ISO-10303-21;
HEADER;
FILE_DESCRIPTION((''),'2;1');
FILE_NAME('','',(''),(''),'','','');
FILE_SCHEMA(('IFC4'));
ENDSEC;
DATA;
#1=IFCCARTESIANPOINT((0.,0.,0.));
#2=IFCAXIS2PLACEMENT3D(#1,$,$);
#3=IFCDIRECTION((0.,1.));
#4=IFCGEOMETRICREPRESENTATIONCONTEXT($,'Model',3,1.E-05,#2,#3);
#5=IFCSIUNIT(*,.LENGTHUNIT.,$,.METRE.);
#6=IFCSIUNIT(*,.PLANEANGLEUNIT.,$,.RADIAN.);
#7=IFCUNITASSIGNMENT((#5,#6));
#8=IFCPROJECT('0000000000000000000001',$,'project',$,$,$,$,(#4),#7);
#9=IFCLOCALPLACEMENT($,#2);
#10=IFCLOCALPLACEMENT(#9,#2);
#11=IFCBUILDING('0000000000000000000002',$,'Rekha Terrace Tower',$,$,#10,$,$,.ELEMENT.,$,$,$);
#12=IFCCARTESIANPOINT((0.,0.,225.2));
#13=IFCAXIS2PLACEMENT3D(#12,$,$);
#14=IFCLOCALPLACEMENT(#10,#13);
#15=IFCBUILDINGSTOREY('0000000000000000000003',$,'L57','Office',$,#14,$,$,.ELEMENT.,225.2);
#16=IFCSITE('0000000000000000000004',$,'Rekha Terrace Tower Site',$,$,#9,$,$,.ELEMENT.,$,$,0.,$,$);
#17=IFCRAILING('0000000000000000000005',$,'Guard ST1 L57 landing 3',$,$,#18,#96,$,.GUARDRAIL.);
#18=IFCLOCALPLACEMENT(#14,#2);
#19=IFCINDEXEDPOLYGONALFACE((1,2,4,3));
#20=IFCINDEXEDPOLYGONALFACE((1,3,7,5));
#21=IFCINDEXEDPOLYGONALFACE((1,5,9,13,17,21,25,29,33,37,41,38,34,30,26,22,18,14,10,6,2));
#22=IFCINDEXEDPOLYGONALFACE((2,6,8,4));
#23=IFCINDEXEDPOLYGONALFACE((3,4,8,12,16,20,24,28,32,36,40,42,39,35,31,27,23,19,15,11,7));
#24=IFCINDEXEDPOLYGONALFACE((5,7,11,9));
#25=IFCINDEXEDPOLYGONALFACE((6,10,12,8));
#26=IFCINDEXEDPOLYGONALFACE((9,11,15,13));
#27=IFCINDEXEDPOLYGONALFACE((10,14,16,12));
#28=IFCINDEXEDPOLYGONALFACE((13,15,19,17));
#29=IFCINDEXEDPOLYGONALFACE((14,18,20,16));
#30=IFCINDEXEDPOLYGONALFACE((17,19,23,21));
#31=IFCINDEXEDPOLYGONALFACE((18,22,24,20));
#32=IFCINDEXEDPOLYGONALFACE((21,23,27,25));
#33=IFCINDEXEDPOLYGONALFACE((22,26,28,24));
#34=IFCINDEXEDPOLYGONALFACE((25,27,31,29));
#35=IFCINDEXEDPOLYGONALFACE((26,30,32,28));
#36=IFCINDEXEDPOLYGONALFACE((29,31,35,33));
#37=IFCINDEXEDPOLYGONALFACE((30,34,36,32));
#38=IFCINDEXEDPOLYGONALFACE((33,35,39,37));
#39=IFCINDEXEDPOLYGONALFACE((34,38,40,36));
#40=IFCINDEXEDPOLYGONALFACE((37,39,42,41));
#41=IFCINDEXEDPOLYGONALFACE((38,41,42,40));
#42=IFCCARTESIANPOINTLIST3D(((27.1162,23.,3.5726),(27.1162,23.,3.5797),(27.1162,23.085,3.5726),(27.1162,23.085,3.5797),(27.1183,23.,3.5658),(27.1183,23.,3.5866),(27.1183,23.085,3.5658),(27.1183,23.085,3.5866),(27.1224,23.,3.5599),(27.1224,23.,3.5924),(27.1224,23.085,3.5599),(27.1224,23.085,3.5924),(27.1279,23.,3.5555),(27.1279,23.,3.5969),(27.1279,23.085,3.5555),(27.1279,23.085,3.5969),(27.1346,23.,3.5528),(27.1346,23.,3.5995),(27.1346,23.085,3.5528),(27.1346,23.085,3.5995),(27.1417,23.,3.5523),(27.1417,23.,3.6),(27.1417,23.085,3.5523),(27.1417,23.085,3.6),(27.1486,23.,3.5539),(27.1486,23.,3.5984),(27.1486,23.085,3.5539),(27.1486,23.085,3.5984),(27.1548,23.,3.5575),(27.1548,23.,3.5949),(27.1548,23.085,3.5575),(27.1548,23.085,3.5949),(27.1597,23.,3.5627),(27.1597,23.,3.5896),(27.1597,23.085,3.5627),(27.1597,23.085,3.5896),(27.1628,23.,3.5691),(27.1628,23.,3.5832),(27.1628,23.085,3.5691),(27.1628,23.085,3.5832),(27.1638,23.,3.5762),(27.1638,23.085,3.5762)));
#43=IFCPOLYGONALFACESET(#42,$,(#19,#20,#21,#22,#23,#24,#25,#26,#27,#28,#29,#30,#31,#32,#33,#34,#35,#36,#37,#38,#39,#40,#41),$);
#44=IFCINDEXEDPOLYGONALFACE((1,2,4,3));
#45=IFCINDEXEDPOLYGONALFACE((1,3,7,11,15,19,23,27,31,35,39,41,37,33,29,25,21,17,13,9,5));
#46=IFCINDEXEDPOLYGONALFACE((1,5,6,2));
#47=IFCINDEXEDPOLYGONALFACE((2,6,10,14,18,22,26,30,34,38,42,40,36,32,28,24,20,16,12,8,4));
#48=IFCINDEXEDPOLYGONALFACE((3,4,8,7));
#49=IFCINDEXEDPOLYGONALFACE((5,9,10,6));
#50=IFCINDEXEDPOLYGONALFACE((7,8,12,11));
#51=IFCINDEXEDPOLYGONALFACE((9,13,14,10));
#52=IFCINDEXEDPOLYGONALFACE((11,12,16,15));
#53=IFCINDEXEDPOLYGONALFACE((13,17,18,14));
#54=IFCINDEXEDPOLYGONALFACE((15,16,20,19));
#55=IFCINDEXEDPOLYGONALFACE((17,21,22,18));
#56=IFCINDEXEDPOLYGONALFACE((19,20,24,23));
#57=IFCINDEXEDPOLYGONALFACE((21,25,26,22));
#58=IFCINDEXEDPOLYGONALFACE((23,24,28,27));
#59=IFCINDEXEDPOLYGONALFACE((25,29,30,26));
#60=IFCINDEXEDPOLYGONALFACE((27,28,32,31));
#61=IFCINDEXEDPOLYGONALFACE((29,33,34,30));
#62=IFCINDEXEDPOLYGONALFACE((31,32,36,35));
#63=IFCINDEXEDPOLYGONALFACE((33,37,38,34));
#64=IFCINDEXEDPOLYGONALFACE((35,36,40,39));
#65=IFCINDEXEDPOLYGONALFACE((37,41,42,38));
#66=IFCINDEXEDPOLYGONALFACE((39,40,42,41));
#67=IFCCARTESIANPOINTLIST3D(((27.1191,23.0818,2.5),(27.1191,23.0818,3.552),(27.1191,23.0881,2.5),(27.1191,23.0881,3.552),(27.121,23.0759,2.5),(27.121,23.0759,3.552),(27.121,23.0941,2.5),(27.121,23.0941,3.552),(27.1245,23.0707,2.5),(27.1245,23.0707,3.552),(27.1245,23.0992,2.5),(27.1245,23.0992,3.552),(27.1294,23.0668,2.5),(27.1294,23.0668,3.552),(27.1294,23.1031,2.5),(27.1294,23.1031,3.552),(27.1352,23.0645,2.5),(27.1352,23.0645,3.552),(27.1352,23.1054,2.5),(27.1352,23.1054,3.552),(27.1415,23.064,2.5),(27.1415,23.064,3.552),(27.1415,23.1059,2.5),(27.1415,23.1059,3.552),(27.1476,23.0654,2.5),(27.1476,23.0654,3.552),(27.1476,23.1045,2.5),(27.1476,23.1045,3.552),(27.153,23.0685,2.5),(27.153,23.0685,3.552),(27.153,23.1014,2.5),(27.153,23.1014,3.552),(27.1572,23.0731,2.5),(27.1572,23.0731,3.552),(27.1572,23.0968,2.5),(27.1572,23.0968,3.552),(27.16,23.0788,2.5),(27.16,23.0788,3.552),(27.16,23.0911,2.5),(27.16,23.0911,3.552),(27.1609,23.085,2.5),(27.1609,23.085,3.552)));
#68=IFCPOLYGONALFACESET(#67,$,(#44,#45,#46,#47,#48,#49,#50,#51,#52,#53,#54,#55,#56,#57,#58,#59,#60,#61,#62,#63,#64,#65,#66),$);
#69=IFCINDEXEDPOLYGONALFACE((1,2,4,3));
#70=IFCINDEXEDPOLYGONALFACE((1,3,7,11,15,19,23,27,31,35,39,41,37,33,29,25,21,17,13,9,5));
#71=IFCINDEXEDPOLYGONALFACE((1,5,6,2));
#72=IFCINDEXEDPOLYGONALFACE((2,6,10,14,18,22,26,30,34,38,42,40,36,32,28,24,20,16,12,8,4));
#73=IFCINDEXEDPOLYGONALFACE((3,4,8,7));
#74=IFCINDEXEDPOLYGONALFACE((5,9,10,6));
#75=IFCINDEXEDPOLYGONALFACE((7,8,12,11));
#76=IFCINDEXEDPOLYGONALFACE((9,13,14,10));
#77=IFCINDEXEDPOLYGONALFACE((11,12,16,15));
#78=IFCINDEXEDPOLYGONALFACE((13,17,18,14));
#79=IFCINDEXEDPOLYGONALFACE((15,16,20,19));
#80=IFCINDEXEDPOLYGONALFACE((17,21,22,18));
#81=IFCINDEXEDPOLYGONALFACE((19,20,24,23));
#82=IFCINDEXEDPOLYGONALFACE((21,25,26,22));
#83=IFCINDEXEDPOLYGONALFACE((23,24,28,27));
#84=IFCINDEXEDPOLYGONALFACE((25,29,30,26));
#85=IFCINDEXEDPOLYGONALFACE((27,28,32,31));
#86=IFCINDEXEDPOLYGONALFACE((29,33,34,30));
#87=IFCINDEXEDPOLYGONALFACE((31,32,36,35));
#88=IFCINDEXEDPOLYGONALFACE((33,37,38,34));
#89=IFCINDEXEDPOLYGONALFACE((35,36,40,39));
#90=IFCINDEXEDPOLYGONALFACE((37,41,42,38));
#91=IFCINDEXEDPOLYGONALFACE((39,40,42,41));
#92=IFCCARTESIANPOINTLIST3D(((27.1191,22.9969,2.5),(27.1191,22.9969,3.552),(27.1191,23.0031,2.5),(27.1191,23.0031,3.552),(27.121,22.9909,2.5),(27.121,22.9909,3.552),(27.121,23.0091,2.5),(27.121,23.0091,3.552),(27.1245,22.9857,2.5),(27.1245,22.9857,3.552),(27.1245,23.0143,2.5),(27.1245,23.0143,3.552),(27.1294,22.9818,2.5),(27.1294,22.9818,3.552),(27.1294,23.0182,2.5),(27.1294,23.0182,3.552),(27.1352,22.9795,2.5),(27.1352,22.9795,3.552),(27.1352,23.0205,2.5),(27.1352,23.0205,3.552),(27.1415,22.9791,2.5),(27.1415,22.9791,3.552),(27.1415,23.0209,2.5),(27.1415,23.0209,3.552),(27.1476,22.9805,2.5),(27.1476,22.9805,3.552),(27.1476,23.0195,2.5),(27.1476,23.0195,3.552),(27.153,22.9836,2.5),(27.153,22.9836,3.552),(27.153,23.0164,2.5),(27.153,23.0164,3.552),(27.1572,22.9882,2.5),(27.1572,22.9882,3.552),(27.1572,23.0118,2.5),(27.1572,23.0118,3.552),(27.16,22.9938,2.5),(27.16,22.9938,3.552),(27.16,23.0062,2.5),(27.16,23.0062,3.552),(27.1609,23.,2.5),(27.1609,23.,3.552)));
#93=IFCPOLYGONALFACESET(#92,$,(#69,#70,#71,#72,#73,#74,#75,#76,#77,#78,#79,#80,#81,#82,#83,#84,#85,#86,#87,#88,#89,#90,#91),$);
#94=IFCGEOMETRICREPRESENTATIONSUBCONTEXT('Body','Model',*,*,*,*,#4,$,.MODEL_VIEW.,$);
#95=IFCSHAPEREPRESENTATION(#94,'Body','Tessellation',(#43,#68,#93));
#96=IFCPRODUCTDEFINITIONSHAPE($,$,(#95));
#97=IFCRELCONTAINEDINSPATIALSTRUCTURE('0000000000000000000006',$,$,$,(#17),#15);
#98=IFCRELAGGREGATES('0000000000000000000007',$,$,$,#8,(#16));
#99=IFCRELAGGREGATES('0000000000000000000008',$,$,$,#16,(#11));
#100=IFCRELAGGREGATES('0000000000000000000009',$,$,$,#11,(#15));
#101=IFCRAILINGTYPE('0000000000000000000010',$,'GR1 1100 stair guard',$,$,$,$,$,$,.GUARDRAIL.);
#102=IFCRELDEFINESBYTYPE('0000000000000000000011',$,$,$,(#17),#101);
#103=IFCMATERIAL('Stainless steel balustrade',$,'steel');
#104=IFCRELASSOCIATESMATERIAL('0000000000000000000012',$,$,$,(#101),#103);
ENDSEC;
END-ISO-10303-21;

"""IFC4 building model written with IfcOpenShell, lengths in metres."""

from ifc_helpers import new_model, si_unit, direction, frame, origin, origin_2d, place, context, subcontext, project, spatial, circle, extrude, material, type_object, element, save


model = new_model("IFC4")

# Units and contexts
model_context = context("Model", 3, precision=1e-05, world=origin(), true_north=direction((0.0, 1.0)))
body_context = subcontext(model_context, "Body", "Model", "MODEL_VIEW")
ifc_project = project(units=[si_unit("LENGTHUNIT", "METRE"), si_unit("PLANEANGLEUNIT", "RADIAN")], contexts=[model_context])

# Site, building, storey
site_placement = place(None, origin())
site = spatial("IfcSite", under=ifc_project, at=site_placement, Name="Rekha Terrace Tower Site", CompositionType="ELEMENT", RefElevation=0.0)
building_placement = place(site_placement, origin())
building = spatial("IfcBuilding", under=site, at=building_placement, Name="Rekha Terrace Tower", CompositionType="ELEMENT")
storey_placement = place(building_placement, frame((0.0, 0.0, 225.2)))
storey = spatial("IfcBuildingStorey", under=building, at=storey_placement, Name="L57", Description="Office", CompositionType="ELEMENT", Elevation=225.2)

# Railing
ifc_material_1 = material(Name="Stainless steel balustrade", Category="steel")
railing_type_1 = type_object("IfcRailingType", Name="GR1 1100 stair guard", PredefinedType="GUARDRAIL", material=ifc_material_1)
railing_1_placement = place(storey_placement, frame((27.1399, 23.085, 2.5)))
element("IfcRailing", 1, at=railing_1_placement, inside=storey, type_object=railing_type_1, Name="Guard ST1 L57 landing 3", PredefinedType="GUARDRAIL", context=body_context, shape_type="SweptSolid", body=[
    extrude(circle(Radius=0.0239, at=origin_2d()), frame((0.0, 0.0, 1.0762), z_axis=(0.0, -1.0, 0.0), x_axis=(1.0, 0.0, 0.0)), (0.0, 0.0, 1.0), 0.085),
    extrude(circle(Radius=0.021, at=origin_2d()), origin(), (0.0, 0.0, 1.0), 1.052),
    extrude(circle(Radius=0.021, at=origin_2d()), frame((0.0, -0.085, 0.0)), (0.0, 0.0, 1.0), 1.052),
])

save(model, "model.ifc")
